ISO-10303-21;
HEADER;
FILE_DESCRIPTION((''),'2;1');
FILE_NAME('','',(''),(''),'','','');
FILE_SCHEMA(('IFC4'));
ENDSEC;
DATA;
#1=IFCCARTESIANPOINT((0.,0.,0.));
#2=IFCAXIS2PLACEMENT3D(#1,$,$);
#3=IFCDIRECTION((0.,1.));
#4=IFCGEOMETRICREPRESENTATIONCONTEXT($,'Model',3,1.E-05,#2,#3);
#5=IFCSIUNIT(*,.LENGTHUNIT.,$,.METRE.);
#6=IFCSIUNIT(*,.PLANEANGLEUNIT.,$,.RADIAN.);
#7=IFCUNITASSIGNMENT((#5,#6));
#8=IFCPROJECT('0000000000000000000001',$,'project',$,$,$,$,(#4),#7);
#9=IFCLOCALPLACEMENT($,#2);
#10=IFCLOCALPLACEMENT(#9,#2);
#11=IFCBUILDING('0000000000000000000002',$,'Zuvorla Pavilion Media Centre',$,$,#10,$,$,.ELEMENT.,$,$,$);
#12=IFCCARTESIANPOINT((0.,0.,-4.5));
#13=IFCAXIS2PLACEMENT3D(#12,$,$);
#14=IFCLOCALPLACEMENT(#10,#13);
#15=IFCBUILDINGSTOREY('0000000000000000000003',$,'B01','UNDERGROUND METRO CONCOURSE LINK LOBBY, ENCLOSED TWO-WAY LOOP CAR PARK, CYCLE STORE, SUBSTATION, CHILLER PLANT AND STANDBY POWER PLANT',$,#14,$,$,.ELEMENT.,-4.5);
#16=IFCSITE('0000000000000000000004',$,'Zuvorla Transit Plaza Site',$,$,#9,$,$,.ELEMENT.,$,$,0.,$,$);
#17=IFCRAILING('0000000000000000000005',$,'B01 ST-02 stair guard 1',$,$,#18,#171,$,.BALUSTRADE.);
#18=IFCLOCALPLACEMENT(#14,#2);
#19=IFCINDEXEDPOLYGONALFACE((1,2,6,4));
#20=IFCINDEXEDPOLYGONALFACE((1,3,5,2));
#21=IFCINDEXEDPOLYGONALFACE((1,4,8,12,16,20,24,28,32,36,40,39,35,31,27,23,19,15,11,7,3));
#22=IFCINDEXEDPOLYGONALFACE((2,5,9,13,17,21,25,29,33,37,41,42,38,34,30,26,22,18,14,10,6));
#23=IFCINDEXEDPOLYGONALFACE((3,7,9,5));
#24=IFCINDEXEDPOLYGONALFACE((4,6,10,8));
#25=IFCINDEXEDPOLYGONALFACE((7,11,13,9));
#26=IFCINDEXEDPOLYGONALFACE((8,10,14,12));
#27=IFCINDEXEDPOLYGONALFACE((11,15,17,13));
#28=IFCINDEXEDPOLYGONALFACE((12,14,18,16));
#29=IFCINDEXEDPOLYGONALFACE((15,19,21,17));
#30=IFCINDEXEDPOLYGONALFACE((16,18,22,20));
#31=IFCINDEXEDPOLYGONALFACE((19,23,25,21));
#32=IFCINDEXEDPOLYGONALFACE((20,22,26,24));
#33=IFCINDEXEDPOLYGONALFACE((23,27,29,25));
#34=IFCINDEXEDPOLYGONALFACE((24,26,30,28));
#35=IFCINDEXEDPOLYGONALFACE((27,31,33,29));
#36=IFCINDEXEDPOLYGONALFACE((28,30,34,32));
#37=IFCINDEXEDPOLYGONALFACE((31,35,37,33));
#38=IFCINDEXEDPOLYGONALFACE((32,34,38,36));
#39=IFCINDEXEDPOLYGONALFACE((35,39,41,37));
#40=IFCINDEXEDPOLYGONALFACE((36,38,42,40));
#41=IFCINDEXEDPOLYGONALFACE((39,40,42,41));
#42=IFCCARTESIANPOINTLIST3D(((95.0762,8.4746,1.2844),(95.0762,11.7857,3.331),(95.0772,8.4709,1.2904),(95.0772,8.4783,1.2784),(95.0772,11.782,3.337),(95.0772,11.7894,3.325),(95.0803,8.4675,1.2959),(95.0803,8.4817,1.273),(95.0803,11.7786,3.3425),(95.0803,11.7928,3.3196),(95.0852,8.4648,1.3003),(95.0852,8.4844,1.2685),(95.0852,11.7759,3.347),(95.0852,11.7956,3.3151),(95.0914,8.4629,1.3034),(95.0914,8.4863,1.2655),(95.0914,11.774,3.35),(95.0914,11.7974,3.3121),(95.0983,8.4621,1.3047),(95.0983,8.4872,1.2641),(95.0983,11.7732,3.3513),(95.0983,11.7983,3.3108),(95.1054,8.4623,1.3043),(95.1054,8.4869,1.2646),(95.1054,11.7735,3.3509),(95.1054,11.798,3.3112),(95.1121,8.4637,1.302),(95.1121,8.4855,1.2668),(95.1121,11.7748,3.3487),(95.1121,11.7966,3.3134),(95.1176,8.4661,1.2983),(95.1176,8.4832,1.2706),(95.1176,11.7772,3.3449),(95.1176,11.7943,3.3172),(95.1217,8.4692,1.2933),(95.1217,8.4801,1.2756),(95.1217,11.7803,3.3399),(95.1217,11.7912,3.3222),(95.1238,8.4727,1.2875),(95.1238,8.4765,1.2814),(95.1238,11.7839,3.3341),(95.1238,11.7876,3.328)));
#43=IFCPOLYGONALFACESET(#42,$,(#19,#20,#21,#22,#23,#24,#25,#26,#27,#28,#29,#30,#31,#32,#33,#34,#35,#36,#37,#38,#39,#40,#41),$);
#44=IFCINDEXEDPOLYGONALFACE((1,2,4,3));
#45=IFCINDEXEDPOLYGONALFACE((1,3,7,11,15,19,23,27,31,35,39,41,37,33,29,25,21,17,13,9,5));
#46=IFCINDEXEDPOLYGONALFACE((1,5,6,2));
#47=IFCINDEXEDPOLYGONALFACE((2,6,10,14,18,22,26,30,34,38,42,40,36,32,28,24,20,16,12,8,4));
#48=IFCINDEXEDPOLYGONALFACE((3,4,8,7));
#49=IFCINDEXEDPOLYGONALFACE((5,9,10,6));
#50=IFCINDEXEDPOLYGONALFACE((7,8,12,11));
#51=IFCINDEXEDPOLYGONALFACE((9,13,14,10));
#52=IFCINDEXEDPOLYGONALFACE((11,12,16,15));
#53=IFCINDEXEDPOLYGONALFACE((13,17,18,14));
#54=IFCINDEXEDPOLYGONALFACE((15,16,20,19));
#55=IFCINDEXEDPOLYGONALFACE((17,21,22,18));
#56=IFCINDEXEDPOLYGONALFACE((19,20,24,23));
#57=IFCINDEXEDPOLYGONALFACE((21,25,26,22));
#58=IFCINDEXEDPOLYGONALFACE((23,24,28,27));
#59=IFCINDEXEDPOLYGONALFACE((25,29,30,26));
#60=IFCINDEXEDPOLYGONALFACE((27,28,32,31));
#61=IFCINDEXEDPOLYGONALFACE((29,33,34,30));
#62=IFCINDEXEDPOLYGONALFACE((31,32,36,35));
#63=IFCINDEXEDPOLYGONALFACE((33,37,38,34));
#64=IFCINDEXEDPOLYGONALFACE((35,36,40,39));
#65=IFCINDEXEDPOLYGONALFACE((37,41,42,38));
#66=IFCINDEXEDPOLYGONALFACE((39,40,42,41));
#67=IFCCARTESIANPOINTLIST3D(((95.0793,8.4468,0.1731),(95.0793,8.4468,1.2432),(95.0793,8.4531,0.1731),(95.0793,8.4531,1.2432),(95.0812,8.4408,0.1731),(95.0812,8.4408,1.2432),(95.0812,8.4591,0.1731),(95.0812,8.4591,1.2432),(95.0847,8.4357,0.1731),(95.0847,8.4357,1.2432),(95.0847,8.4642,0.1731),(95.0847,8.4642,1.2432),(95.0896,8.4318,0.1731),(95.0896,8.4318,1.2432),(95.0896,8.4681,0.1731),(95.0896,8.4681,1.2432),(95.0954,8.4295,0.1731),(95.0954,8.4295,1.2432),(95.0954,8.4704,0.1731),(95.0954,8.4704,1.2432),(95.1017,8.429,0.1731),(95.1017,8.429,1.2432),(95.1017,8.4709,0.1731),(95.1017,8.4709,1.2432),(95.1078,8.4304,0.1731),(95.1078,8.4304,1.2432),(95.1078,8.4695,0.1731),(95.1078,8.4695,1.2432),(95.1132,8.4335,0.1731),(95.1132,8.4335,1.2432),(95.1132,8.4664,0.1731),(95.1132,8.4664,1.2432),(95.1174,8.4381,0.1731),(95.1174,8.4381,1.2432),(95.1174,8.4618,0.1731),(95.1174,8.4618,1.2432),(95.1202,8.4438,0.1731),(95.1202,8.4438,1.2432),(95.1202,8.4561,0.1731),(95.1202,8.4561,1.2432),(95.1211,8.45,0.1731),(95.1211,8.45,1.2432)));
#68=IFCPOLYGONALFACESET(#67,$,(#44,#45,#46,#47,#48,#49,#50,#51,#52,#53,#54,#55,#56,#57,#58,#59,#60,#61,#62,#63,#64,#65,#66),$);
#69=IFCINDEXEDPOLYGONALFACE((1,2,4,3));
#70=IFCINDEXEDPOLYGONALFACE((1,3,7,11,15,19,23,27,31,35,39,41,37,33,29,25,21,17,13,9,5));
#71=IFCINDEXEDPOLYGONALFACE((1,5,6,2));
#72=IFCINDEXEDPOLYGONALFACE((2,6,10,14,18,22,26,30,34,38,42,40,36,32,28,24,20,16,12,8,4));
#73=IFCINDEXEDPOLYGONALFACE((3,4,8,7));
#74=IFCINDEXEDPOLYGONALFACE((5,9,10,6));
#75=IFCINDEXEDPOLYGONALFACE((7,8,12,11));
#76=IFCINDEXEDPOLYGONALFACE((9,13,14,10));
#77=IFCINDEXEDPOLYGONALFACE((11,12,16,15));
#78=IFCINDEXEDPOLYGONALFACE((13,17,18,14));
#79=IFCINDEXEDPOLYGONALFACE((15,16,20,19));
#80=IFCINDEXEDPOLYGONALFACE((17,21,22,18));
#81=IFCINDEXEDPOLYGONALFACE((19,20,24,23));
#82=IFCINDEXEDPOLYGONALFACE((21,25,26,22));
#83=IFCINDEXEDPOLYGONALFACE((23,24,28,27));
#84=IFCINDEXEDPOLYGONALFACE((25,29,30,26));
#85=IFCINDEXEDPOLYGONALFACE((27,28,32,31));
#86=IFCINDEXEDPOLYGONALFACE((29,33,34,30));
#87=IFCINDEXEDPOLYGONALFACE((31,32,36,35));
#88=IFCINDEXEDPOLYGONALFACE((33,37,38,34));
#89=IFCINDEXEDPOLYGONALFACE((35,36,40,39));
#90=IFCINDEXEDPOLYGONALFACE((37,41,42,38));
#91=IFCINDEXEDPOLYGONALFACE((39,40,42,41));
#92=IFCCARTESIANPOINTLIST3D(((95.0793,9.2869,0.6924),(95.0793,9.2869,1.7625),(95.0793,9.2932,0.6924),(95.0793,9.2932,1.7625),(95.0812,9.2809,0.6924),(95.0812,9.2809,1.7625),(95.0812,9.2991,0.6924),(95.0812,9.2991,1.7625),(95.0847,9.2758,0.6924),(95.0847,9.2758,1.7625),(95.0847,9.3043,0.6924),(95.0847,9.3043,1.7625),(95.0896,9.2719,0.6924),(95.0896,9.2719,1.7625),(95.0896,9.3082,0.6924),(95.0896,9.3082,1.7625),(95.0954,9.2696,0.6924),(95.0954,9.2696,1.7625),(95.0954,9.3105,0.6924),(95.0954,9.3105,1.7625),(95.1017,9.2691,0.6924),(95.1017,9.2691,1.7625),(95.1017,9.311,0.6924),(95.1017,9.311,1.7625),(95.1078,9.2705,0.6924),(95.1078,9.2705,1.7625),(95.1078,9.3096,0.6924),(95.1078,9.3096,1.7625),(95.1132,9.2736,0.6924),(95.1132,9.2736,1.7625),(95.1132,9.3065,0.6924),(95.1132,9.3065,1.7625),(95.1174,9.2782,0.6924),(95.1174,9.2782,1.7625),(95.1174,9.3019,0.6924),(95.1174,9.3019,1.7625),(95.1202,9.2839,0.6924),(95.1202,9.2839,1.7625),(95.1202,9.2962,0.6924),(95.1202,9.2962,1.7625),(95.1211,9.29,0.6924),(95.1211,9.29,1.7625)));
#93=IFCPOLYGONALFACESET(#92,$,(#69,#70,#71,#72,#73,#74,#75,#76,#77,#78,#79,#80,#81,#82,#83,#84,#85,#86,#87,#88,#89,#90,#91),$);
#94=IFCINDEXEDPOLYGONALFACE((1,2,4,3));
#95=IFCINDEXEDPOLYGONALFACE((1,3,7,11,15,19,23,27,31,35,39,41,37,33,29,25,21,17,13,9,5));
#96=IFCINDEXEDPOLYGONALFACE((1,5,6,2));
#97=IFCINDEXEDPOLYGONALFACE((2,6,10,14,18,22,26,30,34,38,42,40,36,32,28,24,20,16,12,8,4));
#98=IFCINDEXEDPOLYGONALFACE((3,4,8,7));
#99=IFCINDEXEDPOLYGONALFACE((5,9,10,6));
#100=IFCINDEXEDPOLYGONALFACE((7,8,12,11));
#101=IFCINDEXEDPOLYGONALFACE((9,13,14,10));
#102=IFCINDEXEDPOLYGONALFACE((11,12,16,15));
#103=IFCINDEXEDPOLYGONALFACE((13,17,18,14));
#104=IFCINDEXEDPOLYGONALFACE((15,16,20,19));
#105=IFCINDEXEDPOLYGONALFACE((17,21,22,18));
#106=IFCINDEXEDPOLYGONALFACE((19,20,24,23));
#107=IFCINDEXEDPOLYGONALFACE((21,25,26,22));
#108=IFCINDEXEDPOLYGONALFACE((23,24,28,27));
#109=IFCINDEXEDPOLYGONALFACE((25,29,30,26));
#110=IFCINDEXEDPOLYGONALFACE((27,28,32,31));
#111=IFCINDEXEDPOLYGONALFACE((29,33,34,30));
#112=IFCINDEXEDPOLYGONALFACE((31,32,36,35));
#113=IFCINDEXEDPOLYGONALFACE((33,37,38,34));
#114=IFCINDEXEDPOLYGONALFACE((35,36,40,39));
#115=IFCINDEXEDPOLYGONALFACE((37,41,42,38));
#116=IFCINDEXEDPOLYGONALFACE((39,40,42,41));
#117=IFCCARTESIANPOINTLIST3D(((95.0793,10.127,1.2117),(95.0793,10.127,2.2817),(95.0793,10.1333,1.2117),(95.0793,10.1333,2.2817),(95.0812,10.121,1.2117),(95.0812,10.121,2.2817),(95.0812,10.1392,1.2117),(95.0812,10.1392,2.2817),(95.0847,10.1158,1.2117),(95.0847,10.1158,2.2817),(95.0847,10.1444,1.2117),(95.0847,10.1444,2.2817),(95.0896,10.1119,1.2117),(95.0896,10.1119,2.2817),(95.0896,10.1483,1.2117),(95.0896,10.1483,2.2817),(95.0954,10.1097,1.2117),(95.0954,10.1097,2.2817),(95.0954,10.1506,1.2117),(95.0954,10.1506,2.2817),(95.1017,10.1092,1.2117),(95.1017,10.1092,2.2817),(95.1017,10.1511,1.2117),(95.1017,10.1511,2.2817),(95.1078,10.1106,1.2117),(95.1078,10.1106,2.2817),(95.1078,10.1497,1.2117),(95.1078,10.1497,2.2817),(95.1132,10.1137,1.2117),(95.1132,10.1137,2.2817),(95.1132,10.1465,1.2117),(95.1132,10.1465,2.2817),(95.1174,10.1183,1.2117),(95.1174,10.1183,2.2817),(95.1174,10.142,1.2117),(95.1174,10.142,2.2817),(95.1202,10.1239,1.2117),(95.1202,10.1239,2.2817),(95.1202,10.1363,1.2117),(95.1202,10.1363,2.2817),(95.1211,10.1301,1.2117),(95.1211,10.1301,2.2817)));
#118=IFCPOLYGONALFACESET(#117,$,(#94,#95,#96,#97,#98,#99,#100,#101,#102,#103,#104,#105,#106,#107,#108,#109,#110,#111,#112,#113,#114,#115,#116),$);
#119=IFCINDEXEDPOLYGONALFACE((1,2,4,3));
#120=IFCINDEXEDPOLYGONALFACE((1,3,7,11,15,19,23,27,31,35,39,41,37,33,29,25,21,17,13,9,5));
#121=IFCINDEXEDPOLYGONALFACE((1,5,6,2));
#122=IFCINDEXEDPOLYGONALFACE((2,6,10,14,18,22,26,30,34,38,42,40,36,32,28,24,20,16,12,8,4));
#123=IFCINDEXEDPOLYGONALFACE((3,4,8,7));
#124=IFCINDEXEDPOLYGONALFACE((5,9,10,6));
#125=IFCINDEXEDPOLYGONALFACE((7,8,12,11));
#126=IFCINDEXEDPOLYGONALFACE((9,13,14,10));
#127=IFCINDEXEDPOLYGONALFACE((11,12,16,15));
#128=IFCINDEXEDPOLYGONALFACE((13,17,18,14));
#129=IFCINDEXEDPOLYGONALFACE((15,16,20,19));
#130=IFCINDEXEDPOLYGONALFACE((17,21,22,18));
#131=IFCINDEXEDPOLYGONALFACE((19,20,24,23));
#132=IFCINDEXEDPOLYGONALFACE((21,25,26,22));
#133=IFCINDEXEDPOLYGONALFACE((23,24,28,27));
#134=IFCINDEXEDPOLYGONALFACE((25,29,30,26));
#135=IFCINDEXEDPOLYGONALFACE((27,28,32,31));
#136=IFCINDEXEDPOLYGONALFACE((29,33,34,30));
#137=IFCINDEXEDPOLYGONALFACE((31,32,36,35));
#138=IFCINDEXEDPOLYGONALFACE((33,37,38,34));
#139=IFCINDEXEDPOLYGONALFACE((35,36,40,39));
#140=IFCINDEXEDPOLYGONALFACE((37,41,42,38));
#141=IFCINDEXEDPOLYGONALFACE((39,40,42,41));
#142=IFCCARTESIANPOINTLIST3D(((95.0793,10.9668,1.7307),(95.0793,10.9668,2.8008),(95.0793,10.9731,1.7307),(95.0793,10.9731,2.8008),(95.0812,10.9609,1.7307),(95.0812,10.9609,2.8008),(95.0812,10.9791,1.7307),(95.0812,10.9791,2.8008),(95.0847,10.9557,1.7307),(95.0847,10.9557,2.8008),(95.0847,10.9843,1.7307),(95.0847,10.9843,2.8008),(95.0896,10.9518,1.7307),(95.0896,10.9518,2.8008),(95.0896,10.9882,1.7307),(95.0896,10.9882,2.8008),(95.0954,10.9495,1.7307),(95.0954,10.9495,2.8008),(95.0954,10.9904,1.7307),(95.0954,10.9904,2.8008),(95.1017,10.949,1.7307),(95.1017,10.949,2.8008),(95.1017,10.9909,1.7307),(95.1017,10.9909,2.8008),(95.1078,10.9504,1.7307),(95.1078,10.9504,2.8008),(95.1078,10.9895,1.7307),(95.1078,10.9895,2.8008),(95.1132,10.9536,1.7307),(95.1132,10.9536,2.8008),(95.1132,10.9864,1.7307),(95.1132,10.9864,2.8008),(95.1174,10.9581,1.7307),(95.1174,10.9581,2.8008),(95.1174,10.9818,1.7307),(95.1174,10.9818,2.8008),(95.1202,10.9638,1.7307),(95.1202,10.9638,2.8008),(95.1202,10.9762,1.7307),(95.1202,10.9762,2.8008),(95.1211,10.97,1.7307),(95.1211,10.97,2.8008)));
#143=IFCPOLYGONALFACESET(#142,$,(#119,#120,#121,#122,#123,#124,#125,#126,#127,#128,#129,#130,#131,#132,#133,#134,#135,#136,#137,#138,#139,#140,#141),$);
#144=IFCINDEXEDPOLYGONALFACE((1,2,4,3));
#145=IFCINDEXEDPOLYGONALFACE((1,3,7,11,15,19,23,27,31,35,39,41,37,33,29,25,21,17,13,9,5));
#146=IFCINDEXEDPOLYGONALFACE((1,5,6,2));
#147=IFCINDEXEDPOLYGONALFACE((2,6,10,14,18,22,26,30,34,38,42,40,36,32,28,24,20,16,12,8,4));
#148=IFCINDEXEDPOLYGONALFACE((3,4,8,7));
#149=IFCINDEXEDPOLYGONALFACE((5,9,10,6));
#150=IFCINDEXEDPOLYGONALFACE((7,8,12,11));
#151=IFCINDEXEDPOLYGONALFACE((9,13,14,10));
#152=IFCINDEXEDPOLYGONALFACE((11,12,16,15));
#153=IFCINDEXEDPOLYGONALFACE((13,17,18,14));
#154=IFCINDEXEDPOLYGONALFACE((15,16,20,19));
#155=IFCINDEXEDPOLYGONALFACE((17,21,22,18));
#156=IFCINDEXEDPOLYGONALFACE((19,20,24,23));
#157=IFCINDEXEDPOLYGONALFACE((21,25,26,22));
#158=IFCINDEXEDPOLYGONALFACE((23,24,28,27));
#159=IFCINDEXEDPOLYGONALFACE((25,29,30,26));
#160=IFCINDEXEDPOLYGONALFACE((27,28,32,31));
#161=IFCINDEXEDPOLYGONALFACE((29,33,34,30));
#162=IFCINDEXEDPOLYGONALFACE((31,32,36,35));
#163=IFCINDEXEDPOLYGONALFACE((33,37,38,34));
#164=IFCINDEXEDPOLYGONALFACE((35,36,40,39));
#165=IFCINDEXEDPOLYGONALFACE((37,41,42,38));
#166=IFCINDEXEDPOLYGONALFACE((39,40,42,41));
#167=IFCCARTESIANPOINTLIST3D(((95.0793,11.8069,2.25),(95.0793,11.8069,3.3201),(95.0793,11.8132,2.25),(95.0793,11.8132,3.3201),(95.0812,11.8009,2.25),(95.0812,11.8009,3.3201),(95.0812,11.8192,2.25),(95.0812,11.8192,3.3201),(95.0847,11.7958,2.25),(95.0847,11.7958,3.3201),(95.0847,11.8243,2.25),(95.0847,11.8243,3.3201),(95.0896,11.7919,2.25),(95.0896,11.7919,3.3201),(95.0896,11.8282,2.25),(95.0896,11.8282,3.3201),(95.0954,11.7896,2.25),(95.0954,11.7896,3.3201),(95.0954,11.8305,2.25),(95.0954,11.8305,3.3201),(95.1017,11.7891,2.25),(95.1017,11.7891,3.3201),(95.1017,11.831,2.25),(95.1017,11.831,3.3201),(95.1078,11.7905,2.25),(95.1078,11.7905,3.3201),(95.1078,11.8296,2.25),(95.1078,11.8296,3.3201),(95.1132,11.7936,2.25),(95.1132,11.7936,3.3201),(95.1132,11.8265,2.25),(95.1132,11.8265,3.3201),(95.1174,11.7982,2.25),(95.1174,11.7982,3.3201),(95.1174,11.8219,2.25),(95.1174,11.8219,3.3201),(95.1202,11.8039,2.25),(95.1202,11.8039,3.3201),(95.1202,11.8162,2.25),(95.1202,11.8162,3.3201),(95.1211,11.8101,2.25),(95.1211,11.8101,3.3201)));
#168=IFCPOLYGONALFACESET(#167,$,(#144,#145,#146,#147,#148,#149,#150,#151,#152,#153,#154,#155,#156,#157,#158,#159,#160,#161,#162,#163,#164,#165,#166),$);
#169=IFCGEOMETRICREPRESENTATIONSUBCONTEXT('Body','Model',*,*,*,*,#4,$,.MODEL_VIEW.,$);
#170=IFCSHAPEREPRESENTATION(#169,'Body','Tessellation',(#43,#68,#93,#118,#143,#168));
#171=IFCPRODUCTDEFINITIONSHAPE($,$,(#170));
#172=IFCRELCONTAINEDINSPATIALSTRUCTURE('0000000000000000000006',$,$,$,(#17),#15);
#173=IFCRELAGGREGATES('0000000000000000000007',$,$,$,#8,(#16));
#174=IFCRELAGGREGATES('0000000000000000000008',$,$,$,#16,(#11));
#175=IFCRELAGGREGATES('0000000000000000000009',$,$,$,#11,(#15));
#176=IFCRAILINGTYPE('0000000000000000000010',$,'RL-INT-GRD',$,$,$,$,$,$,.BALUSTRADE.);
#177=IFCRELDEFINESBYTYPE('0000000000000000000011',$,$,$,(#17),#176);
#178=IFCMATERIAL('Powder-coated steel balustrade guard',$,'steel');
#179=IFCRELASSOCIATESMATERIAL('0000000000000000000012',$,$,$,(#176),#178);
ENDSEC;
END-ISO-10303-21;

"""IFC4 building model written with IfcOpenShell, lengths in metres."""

from ifc_helpers import new_model, si_unit, direction, frame, origin, origin_2d, place, context, subcontext, project, spatial, circle, extrude, material, type_object, element, save


model = new_model("IFC4")

# Units and contexts
model_context = context("Model", 3, precision=1e-05, world=origin(), true_north=direction((0.0, 1.0)))
body_context = subcontext(model_context, "Body", "Model", "MODEL_VIEW")
ifc_project = project(units=[si_unit("LENGTHUNIT", "METRE"), si_unit("PLANEANGLEUNIT", "RADIAN")], contexts=[model_context])

# Site, building, storey
site_placement = place(None, origin())
site = spatial("IfcSite", under=ifc_project, at=site_placement, Name="Zuvorla Transit Plaza Site", CompositionType="ELEMENT", RefElevation=0.0)
building_placement = place(site_placement, origin())
building = spatial("IfcBuilding", under=site, at=building_placement, Name="Zuvorla Pavilion Media Centre", CompositionType="ELEMENT")
storey_placement = place(building_placement, frame((0.0, 0.0, -4.5)))
storey = spatial("IfcBuildingStorey", under=building, at=storey_placement, Name="B01", Description="UNDERGROUND METRO CONCOURSE LINK LOBBY, ENCLOSED TWO-WAY LOOP CAR PARK, CYCLE STORE, SUBSTATION, CHILLER PLANT AND STANDBY POWER PLANT", CompositionType="ELEMENT", Elevation=-4.5)

# Railing
ifc_material_1 = material(Name="Powder-coated steel balustrade guard", Category="steel")
railing_type_1 = type_object("IfcRailingType", Name="RL-INT-GRD", PredefinedType="BALUSTRADE", material=ifc_material_1)
railing_1_placement = place(storey_placement, frame((95.1001, 8.45, 0.1731)))
element("IfcRailing", 1, at=railing_1_placement, inside=storey, type_object=railing_type_1, Name="B01 ST-02 stair guard 1", PredefinedType="BALUSTRADE", context=body_context, shape_type="SweptSolid", body=[
    extrude(circle(Radius=0.0239, at=origin_2d()), frame((0.0, 0.0247, 1.1113), z_axis=(0.0, 0.850623, 0.525776), x_axis=(-1.0, 0.0, 0.0)), (0.0, 0.0, 1.0), 3.8926),
    extrude(circle(Radius=0.021, at=origin_2d()), origin(), (0.0, 0.0, 1.0), 1.0701),
    extrude(circle(Radius=0.021, at=origin_2d()), frame((0.0, 0.8401, 0.5193)), (0.0, 0.0, 1.0), 1.0701),
    extrude(circle(Radius=0.021, at=origin_2d()), frame((0.0, 1.6802, 1.0386)), (0.0, 0.0, 1.0), 1.0701),
    extrude(circle(Radius=0.021, at=origin_2d()), frame((0.0, 2.52, 1.5576)), (0.0, 0.0, 1.0), 1.0701),
    extrude(circle(Radius=0.021, at=origin_2d()), frame((0.0, 3.3601, 2.0769)), (0.0, 0.0, 1.0), 1.0701),
])

save(model, "model.ifc")
